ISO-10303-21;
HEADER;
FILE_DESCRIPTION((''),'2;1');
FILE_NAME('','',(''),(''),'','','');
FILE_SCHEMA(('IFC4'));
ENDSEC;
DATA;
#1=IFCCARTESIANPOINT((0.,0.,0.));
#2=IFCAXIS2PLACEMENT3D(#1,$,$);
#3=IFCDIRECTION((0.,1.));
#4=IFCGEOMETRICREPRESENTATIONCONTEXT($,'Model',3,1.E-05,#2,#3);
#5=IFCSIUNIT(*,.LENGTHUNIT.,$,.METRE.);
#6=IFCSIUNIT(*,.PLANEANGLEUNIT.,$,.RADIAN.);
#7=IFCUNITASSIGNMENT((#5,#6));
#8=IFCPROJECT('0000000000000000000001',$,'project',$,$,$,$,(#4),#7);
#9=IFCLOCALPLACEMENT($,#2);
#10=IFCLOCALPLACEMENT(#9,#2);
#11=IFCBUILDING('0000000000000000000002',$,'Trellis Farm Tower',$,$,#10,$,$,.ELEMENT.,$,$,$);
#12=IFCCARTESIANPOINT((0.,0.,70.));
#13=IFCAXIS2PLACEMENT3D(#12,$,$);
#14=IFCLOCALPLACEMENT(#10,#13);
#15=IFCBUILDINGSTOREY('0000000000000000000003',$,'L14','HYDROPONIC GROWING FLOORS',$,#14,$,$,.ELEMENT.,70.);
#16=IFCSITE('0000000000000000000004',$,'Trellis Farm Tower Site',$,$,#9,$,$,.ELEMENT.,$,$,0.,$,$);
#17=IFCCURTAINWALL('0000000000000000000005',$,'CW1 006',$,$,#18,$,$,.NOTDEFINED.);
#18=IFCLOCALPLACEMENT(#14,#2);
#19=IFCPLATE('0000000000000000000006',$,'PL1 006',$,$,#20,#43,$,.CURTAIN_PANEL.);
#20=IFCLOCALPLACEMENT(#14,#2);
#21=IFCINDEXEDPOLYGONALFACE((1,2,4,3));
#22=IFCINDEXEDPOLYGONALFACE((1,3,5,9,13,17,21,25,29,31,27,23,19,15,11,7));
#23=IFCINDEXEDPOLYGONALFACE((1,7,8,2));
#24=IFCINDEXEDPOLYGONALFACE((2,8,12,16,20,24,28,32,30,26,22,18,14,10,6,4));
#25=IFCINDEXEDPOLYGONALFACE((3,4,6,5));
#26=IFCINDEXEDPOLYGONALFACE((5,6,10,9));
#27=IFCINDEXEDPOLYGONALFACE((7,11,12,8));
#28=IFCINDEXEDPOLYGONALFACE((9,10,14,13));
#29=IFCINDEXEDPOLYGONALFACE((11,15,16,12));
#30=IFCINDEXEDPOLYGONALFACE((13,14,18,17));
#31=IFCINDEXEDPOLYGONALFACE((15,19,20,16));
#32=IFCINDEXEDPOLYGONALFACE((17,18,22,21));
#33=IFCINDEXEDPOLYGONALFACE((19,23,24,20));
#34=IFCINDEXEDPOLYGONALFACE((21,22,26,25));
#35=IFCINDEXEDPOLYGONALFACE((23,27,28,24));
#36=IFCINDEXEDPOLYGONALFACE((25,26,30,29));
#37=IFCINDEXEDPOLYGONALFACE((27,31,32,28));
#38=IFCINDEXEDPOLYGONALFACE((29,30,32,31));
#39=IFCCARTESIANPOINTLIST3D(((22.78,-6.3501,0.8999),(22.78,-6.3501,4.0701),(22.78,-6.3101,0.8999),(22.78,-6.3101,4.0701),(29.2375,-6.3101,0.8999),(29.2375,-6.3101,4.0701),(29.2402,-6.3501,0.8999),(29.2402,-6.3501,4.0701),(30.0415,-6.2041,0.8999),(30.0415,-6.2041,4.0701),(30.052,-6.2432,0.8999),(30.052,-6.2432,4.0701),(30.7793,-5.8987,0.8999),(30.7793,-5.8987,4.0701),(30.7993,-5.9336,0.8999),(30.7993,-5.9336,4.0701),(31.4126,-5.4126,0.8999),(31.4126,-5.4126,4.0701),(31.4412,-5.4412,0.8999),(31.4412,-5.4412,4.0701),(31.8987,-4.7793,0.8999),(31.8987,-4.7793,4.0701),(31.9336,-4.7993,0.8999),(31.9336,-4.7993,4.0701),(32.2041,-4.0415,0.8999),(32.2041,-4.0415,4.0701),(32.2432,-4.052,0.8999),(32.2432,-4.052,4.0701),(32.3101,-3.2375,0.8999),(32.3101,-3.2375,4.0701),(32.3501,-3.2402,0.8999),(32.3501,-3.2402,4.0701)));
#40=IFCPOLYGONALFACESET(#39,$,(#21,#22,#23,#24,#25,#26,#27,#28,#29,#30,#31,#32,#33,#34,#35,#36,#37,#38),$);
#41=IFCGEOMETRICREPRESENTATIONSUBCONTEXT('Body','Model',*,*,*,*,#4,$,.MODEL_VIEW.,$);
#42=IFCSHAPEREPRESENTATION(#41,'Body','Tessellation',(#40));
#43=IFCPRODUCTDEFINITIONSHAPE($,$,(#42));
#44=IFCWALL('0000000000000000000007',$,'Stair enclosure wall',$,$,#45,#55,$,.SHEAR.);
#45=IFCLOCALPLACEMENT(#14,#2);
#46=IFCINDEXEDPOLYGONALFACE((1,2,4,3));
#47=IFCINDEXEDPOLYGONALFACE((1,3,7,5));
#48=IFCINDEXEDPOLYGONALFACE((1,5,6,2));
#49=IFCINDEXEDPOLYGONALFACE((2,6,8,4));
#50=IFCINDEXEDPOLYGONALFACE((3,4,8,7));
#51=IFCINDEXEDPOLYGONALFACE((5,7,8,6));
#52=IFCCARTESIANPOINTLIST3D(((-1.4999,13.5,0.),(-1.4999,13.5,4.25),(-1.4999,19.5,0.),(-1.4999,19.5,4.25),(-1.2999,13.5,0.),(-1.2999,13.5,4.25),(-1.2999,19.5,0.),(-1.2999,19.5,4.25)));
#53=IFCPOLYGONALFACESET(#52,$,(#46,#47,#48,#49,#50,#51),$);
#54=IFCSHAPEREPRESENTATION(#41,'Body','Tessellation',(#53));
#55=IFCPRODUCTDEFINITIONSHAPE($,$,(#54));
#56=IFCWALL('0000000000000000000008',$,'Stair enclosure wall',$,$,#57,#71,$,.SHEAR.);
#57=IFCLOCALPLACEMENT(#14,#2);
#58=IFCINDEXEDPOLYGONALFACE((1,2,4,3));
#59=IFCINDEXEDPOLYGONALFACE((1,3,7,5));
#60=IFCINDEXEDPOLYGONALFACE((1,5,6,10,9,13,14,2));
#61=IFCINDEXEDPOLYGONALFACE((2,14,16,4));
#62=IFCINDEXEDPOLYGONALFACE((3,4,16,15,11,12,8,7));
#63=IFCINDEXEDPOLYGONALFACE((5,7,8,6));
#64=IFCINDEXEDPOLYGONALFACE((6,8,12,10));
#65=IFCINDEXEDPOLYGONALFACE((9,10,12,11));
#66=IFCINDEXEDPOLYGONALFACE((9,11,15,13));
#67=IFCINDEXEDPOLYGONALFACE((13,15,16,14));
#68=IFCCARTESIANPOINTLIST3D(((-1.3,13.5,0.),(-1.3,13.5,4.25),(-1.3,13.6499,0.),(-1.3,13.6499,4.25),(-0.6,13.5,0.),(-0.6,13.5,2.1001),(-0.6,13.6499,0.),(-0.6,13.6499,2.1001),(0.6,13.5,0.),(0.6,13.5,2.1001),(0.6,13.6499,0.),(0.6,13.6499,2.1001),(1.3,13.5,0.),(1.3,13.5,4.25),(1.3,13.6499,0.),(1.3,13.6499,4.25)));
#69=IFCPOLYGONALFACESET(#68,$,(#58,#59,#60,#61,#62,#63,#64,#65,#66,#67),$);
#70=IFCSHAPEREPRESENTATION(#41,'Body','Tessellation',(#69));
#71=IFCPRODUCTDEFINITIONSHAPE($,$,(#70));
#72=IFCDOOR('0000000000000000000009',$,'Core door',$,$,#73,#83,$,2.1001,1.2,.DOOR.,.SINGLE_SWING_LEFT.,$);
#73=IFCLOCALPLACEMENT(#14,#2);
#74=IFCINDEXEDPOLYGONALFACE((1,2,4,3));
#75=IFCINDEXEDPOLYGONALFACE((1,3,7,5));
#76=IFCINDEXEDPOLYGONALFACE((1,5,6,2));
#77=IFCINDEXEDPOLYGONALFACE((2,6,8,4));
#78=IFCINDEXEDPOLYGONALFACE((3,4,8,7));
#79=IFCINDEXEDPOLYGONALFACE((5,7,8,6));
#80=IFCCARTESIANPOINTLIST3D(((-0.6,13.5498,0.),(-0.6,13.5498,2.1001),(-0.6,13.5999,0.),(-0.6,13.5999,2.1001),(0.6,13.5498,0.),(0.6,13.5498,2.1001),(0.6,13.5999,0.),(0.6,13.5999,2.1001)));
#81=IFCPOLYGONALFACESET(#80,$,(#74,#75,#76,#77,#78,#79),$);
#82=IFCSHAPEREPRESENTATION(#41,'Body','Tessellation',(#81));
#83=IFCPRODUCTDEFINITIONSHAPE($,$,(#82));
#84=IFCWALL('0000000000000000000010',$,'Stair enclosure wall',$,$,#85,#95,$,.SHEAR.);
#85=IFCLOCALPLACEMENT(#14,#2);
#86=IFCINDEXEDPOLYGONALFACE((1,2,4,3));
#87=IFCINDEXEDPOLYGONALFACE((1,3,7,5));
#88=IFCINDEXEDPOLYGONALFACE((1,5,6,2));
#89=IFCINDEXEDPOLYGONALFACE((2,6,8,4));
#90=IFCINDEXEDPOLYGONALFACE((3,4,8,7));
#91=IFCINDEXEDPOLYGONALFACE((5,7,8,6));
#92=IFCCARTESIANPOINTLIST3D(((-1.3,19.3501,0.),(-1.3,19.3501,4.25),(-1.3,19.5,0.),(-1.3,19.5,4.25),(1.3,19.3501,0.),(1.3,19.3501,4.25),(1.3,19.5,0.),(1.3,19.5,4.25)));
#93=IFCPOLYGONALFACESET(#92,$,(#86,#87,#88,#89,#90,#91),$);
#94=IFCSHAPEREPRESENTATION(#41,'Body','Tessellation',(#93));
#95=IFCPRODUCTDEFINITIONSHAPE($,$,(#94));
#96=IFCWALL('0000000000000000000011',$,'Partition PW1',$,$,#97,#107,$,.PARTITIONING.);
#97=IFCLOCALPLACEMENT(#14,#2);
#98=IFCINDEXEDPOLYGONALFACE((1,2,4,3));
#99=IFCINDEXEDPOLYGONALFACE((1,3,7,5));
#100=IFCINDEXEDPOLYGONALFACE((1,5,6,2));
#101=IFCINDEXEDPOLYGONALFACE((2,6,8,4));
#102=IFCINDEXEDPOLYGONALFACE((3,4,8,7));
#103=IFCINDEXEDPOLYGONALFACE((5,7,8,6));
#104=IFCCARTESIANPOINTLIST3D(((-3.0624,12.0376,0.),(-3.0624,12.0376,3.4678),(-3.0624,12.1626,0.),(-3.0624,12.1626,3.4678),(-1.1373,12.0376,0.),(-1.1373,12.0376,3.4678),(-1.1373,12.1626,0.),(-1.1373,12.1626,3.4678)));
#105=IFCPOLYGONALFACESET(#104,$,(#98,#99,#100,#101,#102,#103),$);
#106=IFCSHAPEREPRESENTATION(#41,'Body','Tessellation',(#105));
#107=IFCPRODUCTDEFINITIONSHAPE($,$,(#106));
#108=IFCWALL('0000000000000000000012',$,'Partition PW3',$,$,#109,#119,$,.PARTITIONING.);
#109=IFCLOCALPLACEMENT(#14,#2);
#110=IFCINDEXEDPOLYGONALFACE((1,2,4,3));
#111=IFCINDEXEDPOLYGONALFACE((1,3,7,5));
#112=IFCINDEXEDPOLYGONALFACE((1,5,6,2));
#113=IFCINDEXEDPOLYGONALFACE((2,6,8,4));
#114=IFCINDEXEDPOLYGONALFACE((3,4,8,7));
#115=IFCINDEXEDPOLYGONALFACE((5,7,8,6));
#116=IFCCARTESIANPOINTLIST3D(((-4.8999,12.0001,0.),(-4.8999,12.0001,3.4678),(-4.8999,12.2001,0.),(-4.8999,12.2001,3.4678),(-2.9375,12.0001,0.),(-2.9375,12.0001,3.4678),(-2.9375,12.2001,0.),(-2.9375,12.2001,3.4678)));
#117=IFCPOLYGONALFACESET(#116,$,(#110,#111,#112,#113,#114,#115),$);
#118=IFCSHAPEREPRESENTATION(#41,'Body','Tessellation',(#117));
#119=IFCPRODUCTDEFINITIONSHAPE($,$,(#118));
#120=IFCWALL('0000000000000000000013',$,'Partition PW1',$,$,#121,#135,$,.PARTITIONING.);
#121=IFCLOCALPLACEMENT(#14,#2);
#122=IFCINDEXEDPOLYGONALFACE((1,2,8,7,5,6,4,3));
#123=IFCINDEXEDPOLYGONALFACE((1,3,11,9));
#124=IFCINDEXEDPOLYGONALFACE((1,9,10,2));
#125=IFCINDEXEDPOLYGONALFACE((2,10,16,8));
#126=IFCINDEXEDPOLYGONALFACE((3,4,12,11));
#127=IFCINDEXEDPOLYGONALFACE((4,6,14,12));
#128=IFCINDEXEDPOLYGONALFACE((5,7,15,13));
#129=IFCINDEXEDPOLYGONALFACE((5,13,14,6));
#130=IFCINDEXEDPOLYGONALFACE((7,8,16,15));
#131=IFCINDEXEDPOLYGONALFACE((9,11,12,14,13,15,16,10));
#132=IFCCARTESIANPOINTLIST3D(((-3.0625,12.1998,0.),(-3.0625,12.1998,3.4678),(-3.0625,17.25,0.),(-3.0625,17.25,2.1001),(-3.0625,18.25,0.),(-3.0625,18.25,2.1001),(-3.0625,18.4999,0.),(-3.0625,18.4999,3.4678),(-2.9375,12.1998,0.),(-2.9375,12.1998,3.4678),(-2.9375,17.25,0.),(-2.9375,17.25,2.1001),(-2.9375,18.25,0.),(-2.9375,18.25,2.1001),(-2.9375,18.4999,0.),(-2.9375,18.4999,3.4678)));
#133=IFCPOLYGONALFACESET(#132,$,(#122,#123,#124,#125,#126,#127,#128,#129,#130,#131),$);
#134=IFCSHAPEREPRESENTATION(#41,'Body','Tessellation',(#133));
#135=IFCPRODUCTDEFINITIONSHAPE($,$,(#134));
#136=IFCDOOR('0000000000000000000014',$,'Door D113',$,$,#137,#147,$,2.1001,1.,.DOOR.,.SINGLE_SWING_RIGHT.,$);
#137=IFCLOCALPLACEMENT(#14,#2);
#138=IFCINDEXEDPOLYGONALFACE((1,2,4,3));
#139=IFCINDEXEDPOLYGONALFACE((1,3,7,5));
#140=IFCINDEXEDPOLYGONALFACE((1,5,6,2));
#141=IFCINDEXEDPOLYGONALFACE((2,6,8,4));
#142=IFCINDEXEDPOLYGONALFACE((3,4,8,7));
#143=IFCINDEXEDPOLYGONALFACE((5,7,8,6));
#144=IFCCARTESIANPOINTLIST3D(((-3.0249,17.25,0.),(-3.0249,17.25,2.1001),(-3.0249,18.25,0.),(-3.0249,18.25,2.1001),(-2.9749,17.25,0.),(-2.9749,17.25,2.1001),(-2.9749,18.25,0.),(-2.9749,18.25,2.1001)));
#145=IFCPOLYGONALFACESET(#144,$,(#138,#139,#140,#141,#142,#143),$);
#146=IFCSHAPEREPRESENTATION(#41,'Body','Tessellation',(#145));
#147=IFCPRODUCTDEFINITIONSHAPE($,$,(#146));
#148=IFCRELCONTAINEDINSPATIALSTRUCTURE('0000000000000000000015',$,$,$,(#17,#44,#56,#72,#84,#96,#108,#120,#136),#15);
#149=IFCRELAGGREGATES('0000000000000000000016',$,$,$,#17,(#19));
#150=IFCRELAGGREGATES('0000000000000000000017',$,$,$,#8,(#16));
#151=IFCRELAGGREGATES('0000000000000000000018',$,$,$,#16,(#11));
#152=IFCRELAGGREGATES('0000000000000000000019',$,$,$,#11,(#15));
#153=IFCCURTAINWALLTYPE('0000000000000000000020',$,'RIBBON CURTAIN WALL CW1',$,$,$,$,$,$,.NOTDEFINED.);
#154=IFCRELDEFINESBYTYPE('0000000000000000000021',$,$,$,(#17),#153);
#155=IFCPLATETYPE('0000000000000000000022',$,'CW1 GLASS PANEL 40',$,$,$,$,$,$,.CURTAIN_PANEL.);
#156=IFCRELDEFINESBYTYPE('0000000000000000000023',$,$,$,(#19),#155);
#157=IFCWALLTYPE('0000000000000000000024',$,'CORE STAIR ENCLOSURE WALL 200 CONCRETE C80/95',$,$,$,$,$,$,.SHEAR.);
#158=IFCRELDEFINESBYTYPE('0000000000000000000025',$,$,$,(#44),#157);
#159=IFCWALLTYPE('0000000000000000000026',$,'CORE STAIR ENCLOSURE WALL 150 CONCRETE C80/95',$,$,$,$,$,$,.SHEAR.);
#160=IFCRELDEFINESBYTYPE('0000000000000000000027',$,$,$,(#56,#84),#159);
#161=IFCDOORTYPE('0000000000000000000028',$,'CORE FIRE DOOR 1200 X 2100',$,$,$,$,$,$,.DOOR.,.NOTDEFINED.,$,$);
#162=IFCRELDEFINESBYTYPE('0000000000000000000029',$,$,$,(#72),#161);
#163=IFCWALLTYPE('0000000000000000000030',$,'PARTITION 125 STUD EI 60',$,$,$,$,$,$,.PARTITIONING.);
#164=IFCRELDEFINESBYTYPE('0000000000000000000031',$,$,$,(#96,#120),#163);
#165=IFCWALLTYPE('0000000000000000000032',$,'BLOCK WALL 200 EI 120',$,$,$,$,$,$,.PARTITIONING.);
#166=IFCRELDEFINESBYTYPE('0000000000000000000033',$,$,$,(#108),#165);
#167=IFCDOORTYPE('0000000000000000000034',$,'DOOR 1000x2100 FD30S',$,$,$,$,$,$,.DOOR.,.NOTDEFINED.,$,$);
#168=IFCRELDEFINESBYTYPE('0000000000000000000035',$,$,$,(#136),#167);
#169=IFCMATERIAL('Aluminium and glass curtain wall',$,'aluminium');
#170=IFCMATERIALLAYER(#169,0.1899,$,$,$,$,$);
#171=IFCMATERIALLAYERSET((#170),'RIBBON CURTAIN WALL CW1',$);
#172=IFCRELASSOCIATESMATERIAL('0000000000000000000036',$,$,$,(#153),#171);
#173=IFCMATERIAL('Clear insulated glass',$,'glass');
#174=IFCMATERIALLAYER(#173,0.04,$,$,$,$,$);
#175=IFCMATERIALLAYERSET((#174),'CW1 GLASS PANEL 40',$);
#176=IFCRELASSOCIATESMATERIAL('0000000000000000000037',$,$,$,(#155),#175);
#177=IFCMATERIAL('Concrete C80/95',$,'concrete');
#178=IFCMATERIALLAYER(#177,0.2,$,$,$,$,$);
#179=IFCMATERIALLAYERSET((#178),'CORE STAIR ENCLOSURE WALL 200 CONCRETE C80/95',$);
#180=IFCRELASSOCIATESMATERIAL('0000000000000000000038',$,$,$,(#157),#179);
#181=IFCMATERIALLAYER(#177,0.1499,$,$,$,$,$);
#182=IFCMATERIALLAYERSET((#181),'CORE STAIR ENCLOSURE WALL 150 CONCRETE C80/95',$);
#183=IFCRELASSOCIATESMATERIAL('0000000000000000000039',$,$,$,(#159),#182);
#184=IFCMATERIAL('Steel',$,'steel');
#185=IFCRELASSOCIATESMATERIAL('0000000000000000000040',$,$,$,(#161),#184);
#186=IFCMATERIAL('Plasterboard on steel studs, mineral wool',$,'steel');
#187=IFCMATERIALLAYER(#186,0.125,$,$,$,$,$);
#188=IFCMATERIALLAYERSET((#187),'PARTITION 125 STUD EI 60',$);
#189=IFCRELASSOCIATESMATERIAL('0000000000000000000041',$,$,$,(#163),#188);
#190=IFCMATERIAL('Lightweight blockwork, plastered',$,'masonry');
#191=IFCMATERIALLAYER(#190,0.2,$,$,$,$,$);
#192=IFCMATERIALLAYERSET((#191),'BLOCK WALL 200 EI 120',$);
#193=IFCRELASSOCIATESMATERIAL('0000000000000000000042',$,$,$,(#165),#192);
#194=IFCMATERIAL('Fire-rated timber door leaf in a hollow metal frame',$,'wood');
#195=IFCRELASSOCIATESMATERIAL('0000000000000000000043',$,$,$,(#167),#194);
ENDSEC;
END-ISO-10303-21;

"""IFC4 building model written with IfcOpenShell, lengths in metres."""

from ifc_helpers import new_model, si_unit, direction, frame, frame_2d, origin, place, context, subcontext, project, spatial, polyline, rectangle, outline, extrude, source, transform, mapped, material, layer, layer_set, type_object, element, fill, aggregate, save


model = new_model("IFC4")

# Units and contexts
model_context = context("Model", 3, precision=1e-05, world=origin(), true_north=direction((0.0, 1.0)))
body_context = subcontext(model_context, "Body", "Model", "MODEL_VIEW")
ifc_project = project(units=[si_unit("LENGTHUNIT", "METRE"), si_unit("PLANEANGLEUNIT", "RADIAN")], contexts=[model_context])

# Site, building, storey
site_placement = place(None, origin())
site = spatial("IfcSite", under=ifc_project, at=site_placement, Name="Trellis Farm Tower Site", CompositionType="ELEMENT", RefElevation=0.0)
building_placement = place(site_placement, origin())
building = spatial("IfcBuilding", under=site, at=building_placement, Name="Trellis Farm Tower", CompositionType="ELEMENT")
storey_placement = place(building_placement, frame((0.0, 0.0, 70.0)))
storey = spatial("IfcBuildingStorey", under=building, at=storey_placement, Name="L14", Description="HYDROPONIC GROWING FLOORS", CompositionType="ELEMENT", Elevation=70.0)

# Shared definitions
ifc_material_1 = material(Name="Concrete C80/95", Category="concrete")

# Shared definitions
ifc_material_2 = material(Name="Aluminium and glass curtain wall", Category="aluminium")
ifc_layer_1 = layer(ifc_material_2, 0.1899)
ifc_layer_set_1 = layer_set([ifc_layer_1], Name="RIBBON CURTAIN WALL CW1")
curtain_wall_type = type_object("IfcCurtainWallType", Name="RIBBON CURTAIN WALL CW1", PredefinedType="NOTDEFINED", material=ifc_layer_set_1)
placement = place(storey_placement, origin())

# Curtain wall, plate
curtain_wall_1 = element("IfcCurtainWall", 1, at=placement, inside=storey, type_object=curtain_wall_type, Name="CW1 006", PredefinedType="NOTDEFINED")
ifc_material_3 = material(Name="Clear insulated glass", Category="glass")
ifc_layer_2 = layer(ifc_material_3, 0.04)
ifc_layer_set_2 = layer_set([ifc_layer_2], Name="CW1 GLASS PANEL 40")
plate_type = type_object("IfcPlateType", Name="CW1 GLASS PANEL 40", PredefinedType="CURTAIN_PANEL", material=ifc_layer_set_2)
shared_shape_1 = source(origin(), body_context, "Body", "SweptSolid", [
    extrude(outline(polyline([(22.78, -6.3501), (29.2402, -6.3501), (30.052, -6.2432), (30.7993, -5.9336), (31.4412, -5.4412), (31.9336, -4.7993), (32.2432, -4.052), (32.3501, -3.2402), (32.3101, -3.2375), (32.2041, -4.0415), (31.8987, -4.7793), (31.4126, -5.4126), (30.7793, -5.8987), (30.0415, -6.2041), (29.2375, -6.3101), (22.78, -6.3101), (22.78, -6.3501)])), origin(), (0.0, 0.0, 1.0), 3.1702),
])
plate_placement = place(storey_placement, frame((0.0, 0.0, 0.8999)))
plate = element("IfcPlate", 2, at=plate_placement, type_object=plate_type, Name="PL1 006", PredefinedType="CURTAIN_PANEL", context=body_context, shape_type="MappedRepresentation", body=[
    mapped(shared_shape_1, transform((0.0, 0.0, 0.0))),
])
aggregate(curtain_wall_1, [plate])

# Wall
ifc_layer_3 = layer(ifc_material_1, 0.2)
ifc_layer_set_3 = layer_set([ifc_layer_3], Name="CORE STAIR ENCLOSURE WALL 200 CONCRETE C80/95")
wall_type_1 = type_object("IfcWallType", Name="CORE STAIR ENCLOSURE WALL 200 CONCRETE C80/95", PredefinedType="SHEAR", material=ifc_layer_set_3)
shared_shape_2 = source(origin(), body_context, "Body", "SweptSolid", [
    extrude(rectangle(XDim=6.0, YDim=0.2, at=frame_2d((3.0, 0.0))), origin(), (0.0, 0.0, 1.0), 4.25),
])
wall_1_placement = place(storey_placement, frame((-1.3999, 13.5, 0.0), z_axis=(0.0, 0.0, 1.0), x_axis=(0.0, 1.0, 0.0)))
element("IfcWall", 3, at=wall_1_placement, inside=storey, type_object=wall_type_1, Name="Stair enclosure wall", PredefinedType="SHEAR", context=body_context, shape_type="MappedRepresentation", body=[
    mapped(shared_shape_2, transform((0.0, 0.0, 0.0))),
])

# Wall, opening, door
ifc_layer_4 = layer(ifc_material_1, 0.1499)
ifc_layer_set_4 = layer_set([ifc_layer_4], Name="CORE STAIR ENCLOSURE WALL 150 CONCRETE C80/95")
wall_type_2 = type_object("IfcWallType", Name="CORE STAIR ENCLOSURE WALL 150 CONCRETE C80/95", PredefinedType="SHEAR", material=ifc_layer_set_4)
shared_shape_3 = source(origin(), body_context, "Body", "SweptSolid", [
    extrude(rectangle(XDim=2.6001, YDim=0.1499, at=frame_2d((1.3, 0.0))), origin(), (0.0, 0.0, 1.0), 4.25),
])
wall_2_placement = place(storey_placement, frame((-1.3, 13.575, 0.0), z_axis=(0.0, 0.0, 1.0), x_axis=(1.0, 0.0, 0.0)))
wall_2 = element("IfcWall", 4, at=wall_2_placement, inside=storey, type_object=wall_type_2, Name="Stair enclosure wall", PredefinedType="SHEAR", context=body_context, shape_type="MappedRepresentation", body=[
    mapped(shared_shape_3, transform((0.0, 0.0, 0.0))),
])
shared_shape_4 = source(origin(), body_context, "Body", "SweptSolid", [
    extrude(rectangle(XDim=1.2, YDim=2.1001, at=frame_2d((0.6001, 1.05))), frame((0.0, 0.085, 0.0), z_axis=(0.0, -1.0, 0.0), x_axis=(1.0, 0.0, 0.0)), (0.0, 0.0, 1.0), 0.1699),
])
opening_1_placement = place(wall_2_placement, frame((0.7, 0.0, 0.0)))
opening_1 = element("IfcOpeningElement", 5, at=opening_1_placement, cuts=wall_2, PredefinedType="OPENING", context=body_context, shape_type="MappedRepresentation", body=[
    mapped(shared_shape_4, transform((0.0, 0.0, 0.0))),
])
ifc_material_4 = material(Name="Steel", Category="steel")
door_type_1 = type_object("IfcDoorType", Name="CORE FIRE DOOR 1200 X 2100", OperationType="NOTDEFINED", PredefinedType="DOOR", material=ifc_material_4)
shared_shape_5 = source(origin(), body_context, "Body", "SweptSolid", [
    extrude(rectangle(XDim=1.2, YDim=2.1001, at=frame_2d((0.6001, 1.05))), frame((0.0, 0.0249, 0.0), z_axis=(0.0, -1.0, 0.0), x_axis=(1.0, 0.0, 0.0)), (0.0, 0.0, 1.0), 0.05),
])
door_1_placement = place(opening_1_placement, origin())
door_1 = element("IfcDoor", 6, at=door_1_placement, inside=storey, type_object=door_type_1, Name="Core door", OperationType="SINGLE_SWING_LEFT", OverallHeight=2.1001, OverallWidth=1.2, PredefinedType="DOOR", context=body_context, shape_type="MappedRepresentation", body=[
    mapped(shared_shape_5, transform((0.0, 0.0, 0.0))),
])
fill(opening_1, door_1)

# Walls
wall_3_placement = place(storey_placement, frame((-1.3, 19.425, 0.0), z_axis=(0.0, 0.0, 1.0), x_axis=(1.0, 0.0, 0.0)))
element("IfcWall", 7, at=wall_3_placement, inside=storey, type_object=wall_type_2, Name="Stair enclosure wall", PredefinedType="SHEAR", context=body_context, shape_type="MappedRepresentation", body=[
    mapped(shared_shape_3, transform((0.0, 0.0, 0.0))),
])
ifc_material_5 = material(Name="Plasterboard on steel studs, mineral wool", Category="steel")
ifc_layer_5 = layer(ifc_material_5, 0.125)
ifc_layer_set_5 = layer_set([ifc_layer_5], Name="PARTITION 125 STUD EI 60")
wall_type_3 = type_object("IfcWallType", Name="PARTITION 125 STUD EI 60", PredefinedType="PARTITIONING", material=ifc_layer_set_5)
shared_shape_6 = source(origin(), body_context, "Body", "SweptSolid", [
    extrude(rectangle(XDim=1.925, YDim=0.125, at=frame_2d((0.9624, 0.0))), origin(), (0.0, 0.0, 1.0), 3.4678),
])
wall_4_placement = place(storey_placement, frame((-1.1375, 12.1001, 0.0), z_axis=(0.0, 0.0, 1.0), x_axis=(-1.0, 0.0, 0.0)))
element("IfcWall", 8, at=wall_4_placement, inside=storey, type_object=wall_type_3, Name="Partition PW1", PredefinedType="PARTITIONING", context=body_context, shape_type="MappedRepresentation", body=[
    mapped(shared_shape_6, transform((0.0, 0.0, 0.0))),
])
ifc_material_6 = material(Name="Lightweight blockwork, plastered", Category="masonry")
ifc_layer_6 = layer(ifc_material_6, 0.2)
ifc_layer_set_6 = layer_set([ifc_layer_6], Name="BLOCK WALL 200 EI 120")
wall_type_4 = type_object("IfcWallType", Name="BLOCK WALL 200 EI 120", PredefinedType="PARTITIONING", material=ifc_layer_set_6)
shared_shape_7 = source(origin(), body_context, "Body", "SweptSolid", [
    extrude(rectangle(XDim=1.9624, YDim=0.2, at=frame_2d((0.9812, 0.0))), origin(), (0.0, 0.0, 1.0), 3.4678),
])
wall_5_placement = place(storey_placement, frame((-4.8999, 12.1001, 0.0), z_axis=(0.0, 0.0, 1.0), x_axis=(1.0, 0.0, 0.0)))
element("IfcWall", 9, at=wall_5_placement, inside=storey, type_object=wall_type_4, Name="Partition PW3", PredefinedType="PARTITIONING", context=body_context, shape_type="MappedRepresentation", body=[
    mapped(shared_shape_7, transform((0.0, 0.0, 0.0))),
])

# Wall, opening, door
shared_shape_8 = source(origin(), body_context, "Body", "SweptSolid", [
    extrude(rectangle(XDim=6.3, YDim=0.125, at=frame_2d((3.1499, 0.0))), origin(), (0.0, 0.0, 1.0), 3.4678),
])
wall_6_placement = place(storey_placement, frame((-3.0, 12.2, 0.0), z_axis=(0.0, 0.0, 1.0), x_axis=(0.0, 1.0, 0.0)))
wall_6 = element("IfcWall", 10, at=wall_6_placement, inside=storey, type_object=wall_type_3, Name="Partition PW1", PredefinedType="PARTITIONING", context=body_context, shape_type="MappedRepresentation", body=[
    mapped(shared_shape_8, transform((0.0, 0.0, 0.0))),
])
shared_shape_9 = source(origin(), body_context, "Body", "SweptSolid", [
    extrude(rectangle(XDim=1.0, YDim=2.1001, at=frame_2d((0.5, 1.05))), frame((0.0, 0.0725, 0.0), z_axis=(0.0, -1.0, 0.0), x_axis=(1.0, 0.0, 0.0)), (0.0, 0.0, 1.0), 0.145),
])
opening_2_placement = place(wall_6_placement, frame((5.05, 0.0, 0.0)))
opening_2 = element("IfcOpeningElement", 11, at=opening_2_placement, cuts=wall_6, PredefinedType="OPENING", context=body_context, shape_type="MappedRepresentation", body=[
    mapped(shared_shape_9, transform((0.0, 0.0, 0.0))),
])
ifc_material_7 = material(Name="Fire-rated timber door leaf in a hollow metal frame", Category="wood")
door_type_2 = type_object("IfcDoorType", Name="DOOR 1000x2100 FD30S", OperationType="NOTDEFINED", PredefinedType="DOOR", material=ifc_material_7)
shared_shape_10 = source(origin(), body_context, "Body", "SweptSolid", [
    extrude(rectangle(XDim=1.0, YDim=2.1001, at=frame_2d((0.5, 1.05))), frame((0.0, 0.0249, 0.0), z_axis=(0.0, -1.0, 0.0), x_axis=(1.0, 0.0, 0.0)), (0.0, 0.0, 1.0), 0.05),
])
door_2_placement = place(opening_2_placement, origin())
door_2 = element("IfcDoor", 12, at=door_2_placement, inside=storey, type_object=door_type_2, Name="Door D113", OperationType="SINGLE_SWING_RIGHT", OverallHeight=2.1001, OverallWidth=1.0, PredefinedType="DOOR", context=body_context, shape_type="MappedRepresentation", body=[
    mapped(shared_shape_10, transform((0.0, 0.0, 0.0))),
])
fill(opening_2, door_2)

save(model, "model.ifc")
